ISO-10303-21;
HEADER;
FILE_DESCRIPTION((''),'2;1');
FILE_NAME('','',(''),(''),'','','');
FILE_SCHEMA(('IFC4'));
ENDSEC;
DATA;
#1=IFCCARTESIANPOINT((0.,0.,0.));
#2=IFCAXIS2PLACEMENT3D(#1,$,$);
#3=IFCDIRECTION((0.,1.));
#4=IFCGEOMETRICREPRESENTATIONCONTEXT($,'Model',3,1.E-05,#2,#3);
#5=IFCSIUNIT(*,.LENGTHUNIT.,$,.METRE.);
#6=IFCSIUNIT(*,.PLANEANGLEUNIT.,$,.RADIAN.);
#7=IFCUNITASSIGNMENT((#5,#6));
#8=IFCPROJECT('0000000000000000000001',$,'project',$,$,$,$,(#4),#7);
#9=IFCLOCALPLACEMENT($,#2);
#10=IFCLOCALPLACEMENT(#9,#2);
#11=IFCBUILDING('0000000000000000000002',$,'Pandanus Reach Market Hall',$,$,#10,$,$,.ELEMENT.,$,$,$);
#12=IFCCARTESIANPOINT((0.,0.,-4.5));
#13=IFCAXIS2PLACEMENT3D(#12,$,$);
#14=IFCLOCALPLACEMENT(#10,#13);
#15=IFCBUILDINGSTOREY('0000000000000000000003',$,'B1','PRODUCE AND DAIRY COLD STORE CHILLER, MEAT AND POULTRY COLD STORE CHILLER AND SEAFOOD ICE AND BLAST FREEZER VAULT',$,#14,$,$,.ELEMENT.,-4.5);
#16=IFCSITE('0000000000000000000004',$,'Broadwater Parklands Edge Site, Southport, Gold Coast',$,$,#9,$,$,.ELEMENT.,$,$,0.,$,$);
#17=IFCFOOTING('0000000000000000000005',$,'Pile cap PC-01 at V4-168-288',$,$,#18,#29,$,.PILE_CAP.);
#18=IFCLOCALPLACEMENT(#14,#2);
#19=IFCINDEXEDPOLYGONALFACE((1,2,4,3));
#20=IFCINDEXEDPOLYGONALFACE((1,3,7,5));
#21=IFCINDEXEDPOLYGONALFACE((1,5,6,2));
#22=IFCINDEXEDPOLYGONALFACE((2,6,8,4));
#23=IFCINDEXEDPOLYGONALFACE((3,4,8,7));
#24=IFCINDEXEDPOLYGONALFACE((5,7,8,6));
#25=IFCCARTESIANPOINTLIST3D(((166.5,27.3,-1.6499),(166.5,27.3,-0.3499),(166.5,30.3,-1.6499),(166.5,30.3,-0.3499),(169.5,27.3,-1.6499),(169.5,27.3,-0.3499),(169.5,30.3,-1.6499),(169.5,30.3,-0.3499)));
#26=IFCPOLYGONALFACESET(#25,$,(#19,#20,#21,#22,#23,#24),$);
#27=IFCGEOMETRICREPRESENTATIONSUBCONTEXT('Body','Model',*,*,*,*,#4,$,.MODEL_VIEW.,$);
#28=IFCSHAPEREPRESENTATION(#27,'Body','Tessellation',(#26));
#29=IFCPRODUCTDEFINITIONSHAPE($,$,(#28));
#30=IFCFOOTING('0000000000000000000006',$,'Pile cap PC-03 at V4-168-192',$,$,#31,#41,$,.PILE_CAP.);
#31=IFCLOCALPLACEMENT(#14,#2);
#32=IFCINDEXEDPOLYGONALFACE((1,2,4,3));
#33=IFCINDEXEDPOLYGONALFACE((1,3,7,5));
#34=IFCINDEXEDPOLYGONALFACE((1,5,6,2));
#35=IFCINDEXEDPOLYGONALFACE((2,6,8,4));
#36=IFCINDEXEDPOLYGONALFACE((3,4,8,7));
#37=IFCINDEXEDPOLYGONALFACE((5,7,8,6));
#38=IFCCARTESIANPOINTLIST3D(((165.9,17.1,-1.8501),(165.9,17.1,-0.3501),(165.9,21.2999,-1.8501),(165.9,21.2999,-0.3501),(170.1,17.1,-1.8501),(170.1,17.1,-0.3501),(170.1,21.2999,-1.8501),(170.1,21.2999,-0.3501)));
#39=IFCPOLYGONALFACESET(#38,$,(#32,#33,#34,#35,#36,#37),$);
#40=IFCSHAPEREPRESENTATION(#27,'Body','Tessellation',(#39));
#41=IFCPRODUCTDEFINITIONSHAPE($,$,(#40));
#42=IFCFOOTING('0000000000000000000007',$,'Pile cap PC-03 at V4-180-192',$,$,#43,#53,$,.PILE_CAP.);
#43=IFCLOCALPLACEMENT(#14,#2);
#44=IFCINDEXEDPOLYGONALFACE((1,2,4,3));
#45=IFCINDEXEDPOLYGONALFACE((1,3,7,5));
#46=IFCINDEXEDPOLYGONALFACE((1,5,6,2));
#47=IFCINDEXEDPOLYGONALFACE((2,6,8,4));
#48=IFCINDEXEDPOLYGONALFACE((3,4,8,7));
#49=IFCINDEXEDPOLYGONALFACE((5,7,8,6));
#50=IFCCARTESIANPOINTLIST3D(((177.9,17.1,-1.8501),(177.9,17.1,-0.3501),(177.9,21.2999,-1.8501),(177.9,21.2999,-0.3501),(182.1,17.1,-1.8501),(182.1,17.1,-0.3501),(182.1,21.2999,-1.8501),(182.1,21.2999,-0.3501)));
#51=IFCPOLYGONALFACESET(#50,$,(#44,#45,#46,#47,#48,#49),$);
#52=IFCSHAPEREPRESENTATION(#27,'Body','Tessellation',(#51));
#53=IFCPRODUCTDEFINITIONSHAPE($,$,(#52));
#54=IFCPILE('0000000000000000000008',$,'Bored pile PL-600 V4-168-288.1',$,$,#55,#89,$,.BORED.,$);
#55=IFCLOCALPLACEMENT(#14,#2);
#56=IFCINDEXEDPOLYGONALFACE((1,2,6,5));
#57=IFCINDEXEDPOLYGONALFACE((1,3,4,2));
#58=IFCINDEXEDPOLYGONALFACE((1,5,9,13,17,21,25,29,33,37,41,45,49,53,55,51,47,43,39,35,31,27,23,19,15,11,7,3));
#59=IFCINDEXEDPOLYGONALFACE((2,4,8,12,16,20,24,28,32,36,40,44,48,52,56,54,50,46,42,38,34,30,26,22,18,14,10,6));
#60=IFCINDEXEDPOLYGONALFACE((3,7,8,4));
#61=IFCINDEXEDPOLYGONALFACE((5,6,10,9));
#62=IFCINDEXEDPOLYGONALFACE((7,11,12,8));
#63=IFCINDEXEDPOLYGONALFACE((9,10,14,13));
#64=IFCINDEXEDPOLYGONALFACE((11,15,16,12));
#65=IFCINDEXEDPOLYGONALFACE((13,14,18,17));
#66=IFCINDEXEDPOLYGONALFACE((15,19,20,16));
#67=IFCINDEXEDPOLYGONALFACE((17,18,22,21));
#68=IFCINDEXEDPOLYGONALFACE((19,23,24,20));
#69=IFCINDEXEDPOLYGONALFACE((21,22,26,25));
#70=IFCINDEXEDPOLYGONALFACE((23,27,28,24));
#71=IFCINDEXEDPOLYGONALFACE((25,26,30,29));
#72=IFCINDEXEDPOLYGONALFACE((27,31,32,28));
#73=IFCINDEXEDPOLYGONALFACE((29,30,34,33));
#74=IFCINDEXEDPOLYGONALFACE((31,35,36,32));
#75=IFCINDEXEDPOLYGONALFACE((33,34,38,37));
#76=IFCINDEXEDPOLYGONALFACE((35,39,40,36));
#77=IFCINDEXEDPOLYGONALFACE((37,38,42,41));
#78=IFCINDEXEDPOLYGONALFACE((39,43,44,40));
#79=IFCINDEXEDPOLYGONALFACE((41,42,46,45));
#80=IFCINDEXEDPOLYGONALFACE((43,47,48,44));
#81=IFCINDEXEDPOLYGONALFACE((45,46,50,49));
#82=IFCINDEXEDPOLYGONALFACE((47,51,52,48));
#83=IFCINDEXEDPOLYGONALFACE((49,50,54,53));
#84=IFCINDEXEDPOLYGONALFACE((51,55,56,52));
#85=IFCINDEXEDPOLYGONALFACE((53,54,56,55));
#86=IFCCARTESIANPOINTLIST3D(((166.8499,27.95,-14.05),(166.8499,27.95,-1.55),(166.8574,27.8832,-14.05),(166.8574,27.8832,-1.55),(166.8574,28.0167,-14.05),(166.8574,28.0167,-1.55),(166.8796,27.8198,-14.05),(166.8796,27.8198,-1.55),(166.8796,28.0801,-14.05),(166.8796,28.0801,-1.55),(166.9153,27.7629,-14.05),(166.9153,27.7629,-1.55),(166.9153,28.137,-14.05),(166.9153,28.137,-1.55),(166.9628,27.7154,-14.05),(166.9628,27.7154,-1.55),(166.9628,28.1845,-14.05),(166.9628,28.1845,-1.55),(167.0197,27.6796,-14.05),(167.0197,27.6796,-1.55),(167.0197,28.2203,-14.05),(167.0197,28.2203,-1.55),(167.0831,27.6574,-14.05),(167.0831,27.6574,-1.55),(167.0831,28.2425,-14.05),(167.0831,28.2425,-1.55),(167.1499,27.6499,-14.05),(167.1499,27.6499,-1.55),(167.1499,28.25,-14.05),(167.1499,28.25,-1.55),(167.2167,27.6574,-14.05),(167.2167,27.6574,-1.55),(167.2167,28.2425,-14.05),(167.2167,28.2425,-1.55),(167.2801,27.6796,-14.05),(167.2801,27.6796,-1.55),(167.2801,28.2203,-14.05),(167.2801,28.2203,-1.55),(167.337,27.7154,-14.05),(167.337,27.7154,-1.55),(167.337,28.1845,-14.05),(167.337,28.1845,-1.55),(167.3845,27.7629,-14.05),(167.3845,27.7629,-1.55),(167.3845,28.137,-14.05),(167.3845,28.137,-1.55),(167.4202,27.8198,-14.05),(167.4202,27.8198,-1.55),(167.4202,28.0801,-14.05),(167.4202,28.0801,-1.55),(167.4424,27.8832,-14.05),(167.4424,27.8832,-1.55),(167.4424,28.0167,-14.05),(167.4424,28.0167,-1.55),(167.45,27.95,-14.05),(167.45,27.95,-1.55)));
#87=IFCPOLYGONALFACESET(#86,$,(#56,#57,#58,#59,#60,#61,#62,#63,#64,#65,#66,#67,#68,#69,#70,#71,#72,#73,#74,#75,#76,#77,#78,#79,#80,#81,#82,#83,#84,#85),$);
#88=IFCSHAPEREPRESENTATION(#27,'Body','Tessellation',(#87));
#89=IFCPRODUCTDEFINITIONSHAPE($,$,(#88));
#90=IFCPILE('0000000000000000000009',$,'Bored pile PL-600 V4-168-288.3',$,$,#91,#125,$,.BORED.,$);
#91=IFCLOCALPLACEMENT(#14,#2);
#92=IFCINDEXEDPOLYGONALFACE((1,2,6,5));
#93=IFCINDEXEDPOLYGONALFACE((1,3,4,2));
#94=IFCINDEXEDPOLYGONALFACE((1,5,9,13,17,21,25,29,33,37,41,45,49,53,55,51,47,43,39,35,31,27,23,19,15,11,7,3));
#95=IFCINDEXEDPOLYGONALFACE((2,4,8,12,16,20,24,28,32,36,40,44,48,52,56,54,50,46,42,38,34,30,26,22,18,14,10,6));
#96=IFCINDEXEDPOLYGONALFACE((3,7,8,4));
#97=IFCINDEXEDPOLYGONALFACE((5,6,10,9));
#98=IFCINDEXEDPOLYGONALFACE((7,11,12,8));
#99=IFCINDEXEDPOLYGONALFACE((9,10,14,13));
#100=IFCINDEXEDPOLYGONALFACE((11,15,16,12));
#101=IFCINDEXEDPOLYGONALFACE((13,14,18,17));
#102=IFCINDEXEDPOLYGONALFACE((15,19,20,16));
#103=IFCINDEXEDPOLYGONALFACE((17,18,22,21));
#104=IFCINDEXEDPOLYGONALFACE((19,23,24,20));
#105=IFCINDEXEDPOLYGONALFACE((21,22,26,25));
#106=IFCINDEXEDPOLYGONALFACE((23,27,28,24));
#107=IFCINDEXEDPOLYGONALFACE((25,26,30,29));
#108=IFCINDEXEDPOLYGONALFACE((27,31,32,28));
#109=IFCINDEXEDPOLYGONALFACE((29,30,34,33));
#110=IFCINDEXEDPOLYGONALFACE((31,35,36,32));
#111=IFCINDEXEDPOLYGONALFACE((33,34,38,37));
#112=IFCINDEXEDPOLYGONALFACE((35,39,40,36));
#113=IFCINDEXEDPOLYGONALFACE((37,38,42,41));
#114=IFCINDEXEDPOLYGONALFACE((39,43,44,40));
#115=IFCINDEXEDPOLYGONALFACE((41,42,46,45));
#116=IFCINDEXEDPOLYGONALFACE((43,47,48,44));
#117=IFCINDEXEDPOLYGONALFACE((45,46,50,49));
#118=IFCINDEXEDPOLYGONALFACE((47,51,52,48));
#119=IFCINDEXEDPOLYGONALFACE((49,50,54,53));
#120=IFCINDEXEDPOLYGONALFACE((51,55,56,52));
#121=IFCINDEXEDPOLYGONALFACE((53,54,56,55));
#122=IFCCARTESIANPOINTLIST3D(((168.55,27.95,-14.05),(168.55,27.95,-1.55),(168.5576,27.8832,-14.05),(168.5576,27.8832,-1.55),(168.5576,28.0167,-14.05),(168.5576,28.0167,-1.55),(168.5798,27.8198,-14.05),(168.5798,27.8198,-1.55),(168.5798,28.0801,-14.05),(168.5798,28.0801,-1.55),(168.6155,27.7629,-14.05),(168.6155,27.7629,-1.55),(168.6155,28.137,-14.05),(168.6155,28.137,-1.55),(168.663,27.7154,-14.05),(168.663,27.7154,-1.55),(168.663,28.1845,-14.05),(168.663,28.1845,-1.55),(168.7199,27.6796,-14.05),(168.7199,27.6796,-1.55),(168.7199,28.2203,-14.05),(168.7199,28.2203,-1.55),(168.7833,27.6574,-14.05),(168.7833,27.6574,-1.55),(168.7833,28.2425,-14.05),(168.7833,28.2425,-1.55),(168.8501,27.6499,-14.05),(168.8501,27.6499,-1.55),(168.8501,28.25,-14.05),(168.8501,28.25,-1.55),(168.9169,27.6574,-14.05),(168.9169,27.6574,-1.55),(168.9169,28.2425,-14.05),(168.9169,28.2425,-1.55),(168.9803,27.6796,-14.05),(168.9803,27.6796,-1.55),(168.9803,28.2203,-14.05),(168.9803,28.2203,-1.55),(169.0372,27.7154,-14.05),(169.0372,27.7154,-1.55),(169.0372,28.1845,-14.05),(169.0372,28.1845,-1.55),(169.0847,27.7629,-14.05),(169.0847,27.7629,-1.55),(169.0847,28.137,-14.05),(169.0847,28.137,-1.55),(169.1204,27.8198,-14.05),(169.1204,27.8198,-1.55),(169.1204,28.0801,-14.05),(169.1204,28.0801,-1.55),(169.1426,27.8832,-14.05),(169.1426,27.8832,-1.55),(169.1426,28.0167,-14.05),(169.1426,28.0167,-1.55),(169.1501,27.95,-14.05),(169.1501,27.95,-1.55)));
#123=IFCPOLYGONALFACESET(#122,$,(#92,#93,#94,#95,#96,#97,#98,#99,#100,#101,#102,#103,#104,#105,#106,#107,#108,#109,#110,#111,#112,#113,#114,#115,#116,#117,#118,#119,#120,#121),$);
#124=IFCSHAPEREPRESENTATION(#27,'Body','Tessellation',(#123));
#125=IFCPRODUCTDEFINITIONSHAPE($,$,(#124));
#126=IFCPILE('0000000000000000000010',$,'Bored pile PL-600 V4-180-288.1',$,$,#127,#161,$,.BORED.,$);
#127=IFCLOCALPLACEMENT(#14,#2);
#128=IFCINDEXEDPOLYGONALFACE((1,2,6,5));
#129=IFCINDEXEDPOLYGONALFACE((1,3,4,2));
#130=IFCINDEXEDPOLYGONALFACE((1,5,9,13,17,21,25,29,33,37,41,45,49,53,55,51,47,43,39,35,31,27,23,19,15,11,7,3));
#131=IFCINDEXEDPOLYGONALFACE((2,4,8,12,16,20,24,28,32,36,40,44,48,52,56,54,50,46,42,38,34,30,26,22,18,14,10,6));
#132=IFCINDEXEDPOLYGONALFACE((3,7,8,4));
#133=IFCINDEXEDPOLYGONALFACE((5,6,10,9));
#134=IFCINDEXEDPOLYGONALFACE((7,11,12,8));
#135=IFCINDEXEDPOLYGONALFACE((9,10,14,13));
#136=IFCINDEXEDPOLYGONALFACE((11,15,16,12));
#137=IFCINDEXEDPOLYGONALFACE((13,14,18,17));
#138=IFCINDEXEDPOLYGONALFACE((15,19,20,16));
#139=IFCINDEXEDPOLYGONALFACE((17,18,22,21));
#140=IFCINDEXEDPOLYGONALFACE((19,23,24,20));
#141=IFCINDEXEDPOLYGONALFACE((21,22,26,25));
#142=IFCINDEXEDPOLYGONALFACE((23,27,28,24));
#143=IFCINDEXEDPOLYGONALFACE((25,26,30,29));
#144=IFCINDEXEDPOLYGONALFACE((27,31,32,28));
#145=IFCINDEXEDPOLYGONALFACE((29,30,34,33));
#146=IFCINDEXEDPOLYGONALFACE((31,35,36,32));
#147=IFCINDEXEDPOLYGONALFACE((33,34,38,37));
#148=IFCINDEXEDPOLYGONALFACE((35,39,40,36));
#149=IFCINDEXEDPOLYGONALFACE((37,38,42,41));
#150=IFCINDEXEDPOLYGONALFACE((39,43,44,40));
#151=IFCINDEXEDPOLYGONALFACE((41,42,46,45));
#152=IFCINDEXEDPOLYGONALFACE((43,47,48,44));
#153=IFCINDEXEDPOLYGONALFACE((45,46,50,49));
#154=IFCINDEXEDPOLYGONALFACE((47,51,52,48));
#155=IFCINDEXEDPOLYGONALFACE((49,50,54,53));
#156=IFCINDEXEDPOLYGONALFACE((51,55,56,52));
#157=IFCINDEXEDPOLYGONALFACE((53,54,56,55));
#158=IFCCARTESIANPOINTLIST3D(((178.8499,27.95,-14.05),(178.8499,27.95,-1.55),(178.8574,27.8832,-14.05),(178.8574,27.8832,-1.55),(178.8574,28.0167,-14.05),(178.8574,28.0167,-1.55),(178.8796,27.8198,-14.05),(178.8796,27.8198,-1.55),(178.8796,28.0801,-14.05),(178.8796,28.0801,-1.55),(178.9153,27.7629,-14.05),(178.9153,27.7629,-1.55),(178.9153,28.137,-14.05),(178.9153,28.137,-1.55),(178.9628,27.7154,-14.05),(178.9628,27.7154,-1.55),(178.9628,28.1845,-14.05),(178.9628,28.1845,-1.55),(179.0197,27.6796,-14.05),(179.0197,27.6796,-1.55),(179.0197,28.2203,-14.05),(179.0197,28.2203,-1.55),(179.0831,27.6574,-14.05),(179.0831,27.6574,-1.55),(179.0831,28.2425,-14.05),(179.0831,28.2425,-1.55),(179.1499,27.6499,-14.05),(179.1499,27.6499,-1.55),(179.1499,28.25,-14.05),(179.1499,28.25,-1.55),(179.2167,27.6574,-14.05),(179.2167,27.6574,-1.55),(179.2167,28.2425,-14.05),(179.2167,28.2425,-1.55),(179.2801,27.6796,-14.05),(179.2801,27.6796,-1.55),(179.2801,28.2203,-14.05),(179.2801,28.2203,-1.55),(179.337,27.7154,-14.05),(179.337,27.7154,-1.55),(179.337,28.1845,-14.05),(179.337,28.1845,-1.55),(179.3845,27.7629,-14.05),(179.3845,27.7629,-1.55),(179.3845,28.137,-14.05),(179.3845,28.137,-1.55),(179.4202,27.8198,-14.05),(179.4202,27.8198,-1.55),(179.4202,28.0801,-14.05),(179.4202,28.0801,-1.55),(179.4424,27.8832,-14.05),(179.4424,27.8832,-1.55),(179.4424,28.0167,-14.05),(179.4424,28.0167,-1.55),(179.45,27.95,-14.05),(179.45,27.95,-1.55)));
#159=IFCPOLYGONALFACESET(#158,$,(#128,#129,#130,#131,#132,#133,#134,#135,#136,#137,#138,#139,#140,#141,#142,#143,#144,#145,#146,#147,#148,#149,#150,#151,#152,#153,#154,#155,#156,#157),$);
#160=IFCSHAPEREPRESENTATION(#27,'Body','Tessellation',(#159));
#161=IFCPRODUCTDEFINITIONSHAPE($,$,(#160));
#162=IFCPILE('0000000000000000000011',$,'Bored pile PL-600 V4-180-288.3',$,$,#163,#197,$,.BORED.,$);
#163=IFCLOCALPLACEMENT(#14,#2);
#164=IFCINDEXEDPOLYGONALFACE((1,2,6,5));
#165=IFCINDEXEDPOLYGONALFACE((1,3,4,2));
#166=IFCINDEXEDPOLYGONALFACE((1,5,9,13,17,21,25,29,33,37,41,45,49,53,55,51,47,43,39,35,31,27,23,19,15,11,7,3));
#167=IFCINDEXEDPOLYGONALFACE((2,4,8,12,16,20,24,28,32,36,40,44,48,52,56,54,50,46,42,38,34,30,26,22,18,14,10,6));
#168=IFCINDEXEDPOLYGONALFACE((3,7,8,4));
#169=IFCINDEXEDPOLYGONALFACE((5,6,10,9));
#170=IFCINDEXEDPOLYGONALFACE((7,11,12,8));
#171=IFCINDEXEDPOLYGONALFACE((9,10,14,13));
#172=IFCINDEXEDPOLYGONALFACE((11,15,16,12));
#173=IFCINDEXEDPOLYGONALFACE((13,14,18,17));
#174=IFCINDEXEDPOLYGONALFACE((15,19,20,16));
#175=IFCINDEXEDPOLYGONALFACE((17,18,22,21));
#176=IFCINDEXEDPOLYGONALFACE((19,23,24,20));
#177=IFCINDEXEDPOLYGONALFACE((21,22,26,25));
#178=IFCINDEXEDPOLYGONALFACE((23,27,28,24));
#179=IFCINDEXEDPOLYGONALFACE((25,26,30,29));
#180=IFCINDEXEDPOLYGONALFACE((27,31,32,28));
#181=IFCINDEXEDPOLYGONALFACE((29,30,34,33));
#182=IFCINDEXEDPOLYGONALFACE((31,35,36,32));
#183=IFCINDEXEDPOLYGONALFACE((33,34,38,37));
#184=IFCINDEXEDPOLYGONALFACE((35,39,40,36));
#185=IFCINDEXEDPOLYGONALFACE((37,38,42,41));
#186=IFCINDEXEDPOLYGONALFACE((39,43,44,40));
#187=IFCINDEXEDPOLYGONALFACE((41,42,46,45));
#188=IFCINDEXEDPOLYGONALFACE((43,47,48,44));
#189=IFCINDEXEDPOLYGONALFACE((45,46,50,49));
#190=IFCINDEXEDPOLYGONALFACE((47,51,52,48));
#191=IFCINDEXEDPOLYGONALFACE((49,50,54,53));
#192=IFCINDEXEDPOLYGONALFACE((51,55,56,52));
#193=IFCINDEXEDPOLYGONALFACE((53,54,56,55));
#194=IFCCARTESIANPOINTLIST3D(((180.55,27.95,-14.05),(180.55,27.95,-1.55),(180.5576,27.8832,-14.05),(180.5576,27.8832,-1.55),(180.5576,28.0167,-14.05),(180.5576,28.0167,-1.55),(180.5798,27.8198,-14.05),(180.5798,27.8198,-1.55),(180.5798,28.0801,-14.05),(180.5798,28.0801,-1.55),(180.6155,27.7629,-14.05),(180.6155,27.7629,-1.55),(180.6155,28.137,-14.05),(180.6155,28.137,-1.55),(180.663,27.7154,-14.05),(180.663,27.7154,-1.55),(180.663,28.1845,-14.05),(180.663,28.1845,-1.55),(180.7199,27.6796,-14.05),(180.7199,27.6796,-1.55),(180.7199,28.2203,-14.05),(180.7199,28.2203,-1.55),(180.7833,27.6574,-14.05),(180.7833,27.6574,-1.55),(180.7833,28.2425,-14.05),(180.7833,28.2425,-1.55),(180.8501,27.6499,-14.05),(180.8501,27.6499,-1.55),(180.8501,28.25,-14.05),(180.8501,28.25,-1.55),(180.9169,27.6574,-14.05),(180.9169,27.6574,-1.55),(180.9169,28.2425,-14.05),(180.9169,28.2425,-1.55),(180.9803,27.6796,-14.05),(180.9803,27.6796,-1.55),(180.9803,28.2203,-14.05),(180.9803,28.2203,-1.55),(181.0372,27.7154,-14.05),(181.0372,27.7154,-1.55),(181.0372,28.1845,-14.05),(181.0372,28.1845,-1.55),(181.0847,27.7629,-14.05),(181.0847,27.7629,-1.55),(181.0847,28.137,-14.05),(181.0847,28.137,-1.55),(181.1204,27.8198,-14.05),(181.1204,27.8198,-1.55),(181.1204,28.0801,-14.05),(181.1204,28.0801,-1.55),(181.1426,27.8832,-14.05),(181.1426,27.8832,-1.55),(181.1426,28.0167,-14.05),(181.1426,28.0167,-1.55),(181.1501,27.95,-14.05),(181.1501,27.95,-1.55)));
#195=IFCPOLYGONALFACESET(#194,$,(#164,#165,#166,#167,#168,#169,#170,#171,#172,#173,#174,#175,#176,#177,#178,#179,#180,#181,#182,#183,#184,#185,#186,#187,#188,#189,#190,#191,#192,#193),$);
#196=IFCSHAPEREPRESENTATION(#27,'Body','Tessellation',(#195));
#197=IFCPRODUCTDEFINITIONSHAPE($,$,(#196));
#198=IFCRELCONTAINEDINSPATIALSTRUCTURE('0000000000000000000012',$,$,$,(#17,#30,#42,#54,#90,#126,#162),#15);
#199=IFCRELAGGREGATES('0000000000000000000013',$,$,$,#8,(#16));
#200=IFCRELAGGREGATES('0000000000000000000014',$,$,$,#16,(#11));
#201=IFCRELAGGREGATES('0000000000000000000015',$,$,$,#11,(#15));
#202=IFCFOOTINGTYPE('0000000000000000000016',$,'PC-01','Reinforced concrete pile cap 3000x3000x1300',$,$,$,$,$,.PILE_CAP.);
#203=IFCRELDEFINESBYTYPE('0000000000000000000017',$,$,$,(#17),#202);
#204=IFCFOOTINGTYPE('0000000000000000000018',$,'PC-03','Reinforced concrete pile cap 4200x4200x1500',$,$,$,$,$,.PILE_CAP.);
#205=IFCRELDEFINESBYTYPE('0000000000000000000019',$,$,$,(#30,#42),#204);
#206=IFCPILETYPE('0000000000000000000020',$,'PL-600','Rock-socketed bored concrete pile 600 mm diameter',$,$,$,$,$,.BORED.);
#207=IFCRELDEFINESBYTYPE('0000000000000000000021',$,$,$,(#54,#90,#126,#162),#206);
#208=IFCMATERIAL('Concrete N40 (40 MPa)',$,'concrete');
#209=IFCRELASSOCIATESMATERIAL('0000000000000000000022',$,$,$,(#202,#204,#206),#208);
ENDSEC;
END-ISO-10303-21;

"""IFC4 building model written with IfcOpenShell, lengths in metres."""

from ifc_helpers import new_model, si_unit, direction, frame, origin, origin_2d, place, context, subcontext, project, spatial, rectangle, circle, extrude, material, material_profile, profile_set, type_object, element, save


model = new_model("IFC4")

# Units and contexts
model_context = context("Model", 3, precision=1e-05, world=origin(), true_north=direction((0.0, 1.0)))
body_context = subcontext(model_context, "Body", "Model", "MODEL_VIEW")
ifc_project = project(units=[si_unit("LENGTHUNIT", "METRE"), si_unit("PLANEANGLEUNIT", "RADIAN")], contexts=[model_context])

# Site, building, storey
site_placement = place(None, origin())
site = spatial("IfcSite", under=ifc_project, at=site_placement, Name="Broadwater Parklands Edge Site, Southport, Gold Coast", CompositionType="ELEMENT", RefElevation=0.0)
building_placement = place(site_placement, origin())
building = spatial("IfcBuilding", under=site, at=building_placement, Name="Pandanus Reach Market Hall", CompositionType="ELEMENT")
storey_placement = place(building_placement, frame((0.0, 0.0, -4.5)))
storey = spatial("IfcBuildingStorey", under=building, at=storey_placement, Name="B1", Description="PRODUCE AND DAIRY COLD STORE CHILLER, MEAT AND POULTRY COLD STORE CHILLER AND SEAFOOD ICE AND BLAST FREEZER VAULT", CompositionType="ELEMENT", Elevation=-4.5)

# Footings
ifc_material_1 = material(Name="Concrete N40 (40 MPa)", Category="concrete")
footing_type_1 = type_object("IfcFootingType", Name="PC-01", Description="Reinforced concrete pile cap 3000x3000x1300", PredefinedType="PILE_CAP", material=ifc_material_1)
footing_1_placement = place(storey_placement, frame((168.0, 28.8, -1.6499), z_axis=(0.0, 0.0, 1.0), x_axis=(1.0, 0.0, 0.0)))
element("IfcFooting", 1, at=footing_1_placement, inside=storey, type_object=footing_type_1, Name="Pile cap PC-01 at V4-168-288", PredefinedType="PILE_CAP", context=body_context, shape_type="SweptSolid", body=[
    extrude(rectangle(XDim=3.0, YDim=3.0, at=origin_2d()), origin(), (0.0, 0.0, 1.0), 1.3),
])
footing_type_2 = type_object("IfcFootingType", Name="PC-03", Description="Reinforced concrete pile cap 4200x4200x1500", PredefinedType="PILE_CAP", material=ifc_material_1)
for number, where, z_axis, x_axis, name in (
    (2, (168.0, 19.2, -1.8501), (0.0, 0.0, 1.0), (1.0, 0.0, 0.0), "Pile cap PC-03 at V4-168-192"),
    (3, (180.0, 19.2, -1.8501), (0.0, 0.0, 1.0), (1.0, 0.0, 0.0), "Pile cap PC-03 at V4-180-192"),
):
    element("IfcFooting", number, at=place(storey_placement, frame(where, z_axis=z_axis, x_axis=x_axis)), inside=storey, type_object=footing_type_2, Name=name, PredefinedType="PILE_CAP", context=body_context, shape_type="SweptSolid", body=[
        extrude(rectangle(XDim=4.2, YDim=4.2, at=origin_2d()), origin(), (0.0, 0.0, 1.0), 1.5),
    ])

# Piles
ifc_material_profile_1 = material_profile(ifc_material_1, circle(Radius=0.3, at=origin_2d()), Name="PILE-600D", Category="LoadBearing")
ifc_profile_set_1 = profile_set([ifc_material_profile_1], Name="Concrete N40 (40 MPa)")
pile_type_1 = type_object("IfcPileType", Name="PL-600", Description="Rock-socketed bored concrete pile 600 mm diameter", PredefinedType="BORED", material=ifc_profile_set_1)
for number, where, z_axis, x_axis, name in (
    (4, (167.1499, 27.95, -1.55), (0.0, 0.0, -1.0), (1.0, 0.0, 0.0), "Bored pile PL-600 V4-168-288.1"),
    (5, (168.8501, 27.95, -1.55), (0.0, 0.0, -1.0), (1.0, 0.0, 0.0), "Bored pile PL-600 V4-168-288.3"),
    (6, (179.1499, 27.95, -1.55), (0.0, 0.0, -1.0), (1.0, 0.0, 0.0), "Bored pile PL-600 V4-180-288.1"),
    (7, (180.8501, 27.95, -1.55), (0.0, 0.0, -1.0), (1.0, 0.0, 0.0), "Bored pile PL-600 V4-180-288.3"),
):
    element("IfcPile", number, at=place(storey_placement, frame(where, z_axis=z_axis, x_axis=x_axis)), inside=storey, type_object=pile_type_1, Name=name, PredefinedType="BORED", context=body_context, shape_type="SweptSolid", body=[
        extrude(circle(Radius=0.3, at=origin_2d()), origin(), (0.0, 0.0, 1.0), 12.5),
    ])

save(model, "model.ifc")
